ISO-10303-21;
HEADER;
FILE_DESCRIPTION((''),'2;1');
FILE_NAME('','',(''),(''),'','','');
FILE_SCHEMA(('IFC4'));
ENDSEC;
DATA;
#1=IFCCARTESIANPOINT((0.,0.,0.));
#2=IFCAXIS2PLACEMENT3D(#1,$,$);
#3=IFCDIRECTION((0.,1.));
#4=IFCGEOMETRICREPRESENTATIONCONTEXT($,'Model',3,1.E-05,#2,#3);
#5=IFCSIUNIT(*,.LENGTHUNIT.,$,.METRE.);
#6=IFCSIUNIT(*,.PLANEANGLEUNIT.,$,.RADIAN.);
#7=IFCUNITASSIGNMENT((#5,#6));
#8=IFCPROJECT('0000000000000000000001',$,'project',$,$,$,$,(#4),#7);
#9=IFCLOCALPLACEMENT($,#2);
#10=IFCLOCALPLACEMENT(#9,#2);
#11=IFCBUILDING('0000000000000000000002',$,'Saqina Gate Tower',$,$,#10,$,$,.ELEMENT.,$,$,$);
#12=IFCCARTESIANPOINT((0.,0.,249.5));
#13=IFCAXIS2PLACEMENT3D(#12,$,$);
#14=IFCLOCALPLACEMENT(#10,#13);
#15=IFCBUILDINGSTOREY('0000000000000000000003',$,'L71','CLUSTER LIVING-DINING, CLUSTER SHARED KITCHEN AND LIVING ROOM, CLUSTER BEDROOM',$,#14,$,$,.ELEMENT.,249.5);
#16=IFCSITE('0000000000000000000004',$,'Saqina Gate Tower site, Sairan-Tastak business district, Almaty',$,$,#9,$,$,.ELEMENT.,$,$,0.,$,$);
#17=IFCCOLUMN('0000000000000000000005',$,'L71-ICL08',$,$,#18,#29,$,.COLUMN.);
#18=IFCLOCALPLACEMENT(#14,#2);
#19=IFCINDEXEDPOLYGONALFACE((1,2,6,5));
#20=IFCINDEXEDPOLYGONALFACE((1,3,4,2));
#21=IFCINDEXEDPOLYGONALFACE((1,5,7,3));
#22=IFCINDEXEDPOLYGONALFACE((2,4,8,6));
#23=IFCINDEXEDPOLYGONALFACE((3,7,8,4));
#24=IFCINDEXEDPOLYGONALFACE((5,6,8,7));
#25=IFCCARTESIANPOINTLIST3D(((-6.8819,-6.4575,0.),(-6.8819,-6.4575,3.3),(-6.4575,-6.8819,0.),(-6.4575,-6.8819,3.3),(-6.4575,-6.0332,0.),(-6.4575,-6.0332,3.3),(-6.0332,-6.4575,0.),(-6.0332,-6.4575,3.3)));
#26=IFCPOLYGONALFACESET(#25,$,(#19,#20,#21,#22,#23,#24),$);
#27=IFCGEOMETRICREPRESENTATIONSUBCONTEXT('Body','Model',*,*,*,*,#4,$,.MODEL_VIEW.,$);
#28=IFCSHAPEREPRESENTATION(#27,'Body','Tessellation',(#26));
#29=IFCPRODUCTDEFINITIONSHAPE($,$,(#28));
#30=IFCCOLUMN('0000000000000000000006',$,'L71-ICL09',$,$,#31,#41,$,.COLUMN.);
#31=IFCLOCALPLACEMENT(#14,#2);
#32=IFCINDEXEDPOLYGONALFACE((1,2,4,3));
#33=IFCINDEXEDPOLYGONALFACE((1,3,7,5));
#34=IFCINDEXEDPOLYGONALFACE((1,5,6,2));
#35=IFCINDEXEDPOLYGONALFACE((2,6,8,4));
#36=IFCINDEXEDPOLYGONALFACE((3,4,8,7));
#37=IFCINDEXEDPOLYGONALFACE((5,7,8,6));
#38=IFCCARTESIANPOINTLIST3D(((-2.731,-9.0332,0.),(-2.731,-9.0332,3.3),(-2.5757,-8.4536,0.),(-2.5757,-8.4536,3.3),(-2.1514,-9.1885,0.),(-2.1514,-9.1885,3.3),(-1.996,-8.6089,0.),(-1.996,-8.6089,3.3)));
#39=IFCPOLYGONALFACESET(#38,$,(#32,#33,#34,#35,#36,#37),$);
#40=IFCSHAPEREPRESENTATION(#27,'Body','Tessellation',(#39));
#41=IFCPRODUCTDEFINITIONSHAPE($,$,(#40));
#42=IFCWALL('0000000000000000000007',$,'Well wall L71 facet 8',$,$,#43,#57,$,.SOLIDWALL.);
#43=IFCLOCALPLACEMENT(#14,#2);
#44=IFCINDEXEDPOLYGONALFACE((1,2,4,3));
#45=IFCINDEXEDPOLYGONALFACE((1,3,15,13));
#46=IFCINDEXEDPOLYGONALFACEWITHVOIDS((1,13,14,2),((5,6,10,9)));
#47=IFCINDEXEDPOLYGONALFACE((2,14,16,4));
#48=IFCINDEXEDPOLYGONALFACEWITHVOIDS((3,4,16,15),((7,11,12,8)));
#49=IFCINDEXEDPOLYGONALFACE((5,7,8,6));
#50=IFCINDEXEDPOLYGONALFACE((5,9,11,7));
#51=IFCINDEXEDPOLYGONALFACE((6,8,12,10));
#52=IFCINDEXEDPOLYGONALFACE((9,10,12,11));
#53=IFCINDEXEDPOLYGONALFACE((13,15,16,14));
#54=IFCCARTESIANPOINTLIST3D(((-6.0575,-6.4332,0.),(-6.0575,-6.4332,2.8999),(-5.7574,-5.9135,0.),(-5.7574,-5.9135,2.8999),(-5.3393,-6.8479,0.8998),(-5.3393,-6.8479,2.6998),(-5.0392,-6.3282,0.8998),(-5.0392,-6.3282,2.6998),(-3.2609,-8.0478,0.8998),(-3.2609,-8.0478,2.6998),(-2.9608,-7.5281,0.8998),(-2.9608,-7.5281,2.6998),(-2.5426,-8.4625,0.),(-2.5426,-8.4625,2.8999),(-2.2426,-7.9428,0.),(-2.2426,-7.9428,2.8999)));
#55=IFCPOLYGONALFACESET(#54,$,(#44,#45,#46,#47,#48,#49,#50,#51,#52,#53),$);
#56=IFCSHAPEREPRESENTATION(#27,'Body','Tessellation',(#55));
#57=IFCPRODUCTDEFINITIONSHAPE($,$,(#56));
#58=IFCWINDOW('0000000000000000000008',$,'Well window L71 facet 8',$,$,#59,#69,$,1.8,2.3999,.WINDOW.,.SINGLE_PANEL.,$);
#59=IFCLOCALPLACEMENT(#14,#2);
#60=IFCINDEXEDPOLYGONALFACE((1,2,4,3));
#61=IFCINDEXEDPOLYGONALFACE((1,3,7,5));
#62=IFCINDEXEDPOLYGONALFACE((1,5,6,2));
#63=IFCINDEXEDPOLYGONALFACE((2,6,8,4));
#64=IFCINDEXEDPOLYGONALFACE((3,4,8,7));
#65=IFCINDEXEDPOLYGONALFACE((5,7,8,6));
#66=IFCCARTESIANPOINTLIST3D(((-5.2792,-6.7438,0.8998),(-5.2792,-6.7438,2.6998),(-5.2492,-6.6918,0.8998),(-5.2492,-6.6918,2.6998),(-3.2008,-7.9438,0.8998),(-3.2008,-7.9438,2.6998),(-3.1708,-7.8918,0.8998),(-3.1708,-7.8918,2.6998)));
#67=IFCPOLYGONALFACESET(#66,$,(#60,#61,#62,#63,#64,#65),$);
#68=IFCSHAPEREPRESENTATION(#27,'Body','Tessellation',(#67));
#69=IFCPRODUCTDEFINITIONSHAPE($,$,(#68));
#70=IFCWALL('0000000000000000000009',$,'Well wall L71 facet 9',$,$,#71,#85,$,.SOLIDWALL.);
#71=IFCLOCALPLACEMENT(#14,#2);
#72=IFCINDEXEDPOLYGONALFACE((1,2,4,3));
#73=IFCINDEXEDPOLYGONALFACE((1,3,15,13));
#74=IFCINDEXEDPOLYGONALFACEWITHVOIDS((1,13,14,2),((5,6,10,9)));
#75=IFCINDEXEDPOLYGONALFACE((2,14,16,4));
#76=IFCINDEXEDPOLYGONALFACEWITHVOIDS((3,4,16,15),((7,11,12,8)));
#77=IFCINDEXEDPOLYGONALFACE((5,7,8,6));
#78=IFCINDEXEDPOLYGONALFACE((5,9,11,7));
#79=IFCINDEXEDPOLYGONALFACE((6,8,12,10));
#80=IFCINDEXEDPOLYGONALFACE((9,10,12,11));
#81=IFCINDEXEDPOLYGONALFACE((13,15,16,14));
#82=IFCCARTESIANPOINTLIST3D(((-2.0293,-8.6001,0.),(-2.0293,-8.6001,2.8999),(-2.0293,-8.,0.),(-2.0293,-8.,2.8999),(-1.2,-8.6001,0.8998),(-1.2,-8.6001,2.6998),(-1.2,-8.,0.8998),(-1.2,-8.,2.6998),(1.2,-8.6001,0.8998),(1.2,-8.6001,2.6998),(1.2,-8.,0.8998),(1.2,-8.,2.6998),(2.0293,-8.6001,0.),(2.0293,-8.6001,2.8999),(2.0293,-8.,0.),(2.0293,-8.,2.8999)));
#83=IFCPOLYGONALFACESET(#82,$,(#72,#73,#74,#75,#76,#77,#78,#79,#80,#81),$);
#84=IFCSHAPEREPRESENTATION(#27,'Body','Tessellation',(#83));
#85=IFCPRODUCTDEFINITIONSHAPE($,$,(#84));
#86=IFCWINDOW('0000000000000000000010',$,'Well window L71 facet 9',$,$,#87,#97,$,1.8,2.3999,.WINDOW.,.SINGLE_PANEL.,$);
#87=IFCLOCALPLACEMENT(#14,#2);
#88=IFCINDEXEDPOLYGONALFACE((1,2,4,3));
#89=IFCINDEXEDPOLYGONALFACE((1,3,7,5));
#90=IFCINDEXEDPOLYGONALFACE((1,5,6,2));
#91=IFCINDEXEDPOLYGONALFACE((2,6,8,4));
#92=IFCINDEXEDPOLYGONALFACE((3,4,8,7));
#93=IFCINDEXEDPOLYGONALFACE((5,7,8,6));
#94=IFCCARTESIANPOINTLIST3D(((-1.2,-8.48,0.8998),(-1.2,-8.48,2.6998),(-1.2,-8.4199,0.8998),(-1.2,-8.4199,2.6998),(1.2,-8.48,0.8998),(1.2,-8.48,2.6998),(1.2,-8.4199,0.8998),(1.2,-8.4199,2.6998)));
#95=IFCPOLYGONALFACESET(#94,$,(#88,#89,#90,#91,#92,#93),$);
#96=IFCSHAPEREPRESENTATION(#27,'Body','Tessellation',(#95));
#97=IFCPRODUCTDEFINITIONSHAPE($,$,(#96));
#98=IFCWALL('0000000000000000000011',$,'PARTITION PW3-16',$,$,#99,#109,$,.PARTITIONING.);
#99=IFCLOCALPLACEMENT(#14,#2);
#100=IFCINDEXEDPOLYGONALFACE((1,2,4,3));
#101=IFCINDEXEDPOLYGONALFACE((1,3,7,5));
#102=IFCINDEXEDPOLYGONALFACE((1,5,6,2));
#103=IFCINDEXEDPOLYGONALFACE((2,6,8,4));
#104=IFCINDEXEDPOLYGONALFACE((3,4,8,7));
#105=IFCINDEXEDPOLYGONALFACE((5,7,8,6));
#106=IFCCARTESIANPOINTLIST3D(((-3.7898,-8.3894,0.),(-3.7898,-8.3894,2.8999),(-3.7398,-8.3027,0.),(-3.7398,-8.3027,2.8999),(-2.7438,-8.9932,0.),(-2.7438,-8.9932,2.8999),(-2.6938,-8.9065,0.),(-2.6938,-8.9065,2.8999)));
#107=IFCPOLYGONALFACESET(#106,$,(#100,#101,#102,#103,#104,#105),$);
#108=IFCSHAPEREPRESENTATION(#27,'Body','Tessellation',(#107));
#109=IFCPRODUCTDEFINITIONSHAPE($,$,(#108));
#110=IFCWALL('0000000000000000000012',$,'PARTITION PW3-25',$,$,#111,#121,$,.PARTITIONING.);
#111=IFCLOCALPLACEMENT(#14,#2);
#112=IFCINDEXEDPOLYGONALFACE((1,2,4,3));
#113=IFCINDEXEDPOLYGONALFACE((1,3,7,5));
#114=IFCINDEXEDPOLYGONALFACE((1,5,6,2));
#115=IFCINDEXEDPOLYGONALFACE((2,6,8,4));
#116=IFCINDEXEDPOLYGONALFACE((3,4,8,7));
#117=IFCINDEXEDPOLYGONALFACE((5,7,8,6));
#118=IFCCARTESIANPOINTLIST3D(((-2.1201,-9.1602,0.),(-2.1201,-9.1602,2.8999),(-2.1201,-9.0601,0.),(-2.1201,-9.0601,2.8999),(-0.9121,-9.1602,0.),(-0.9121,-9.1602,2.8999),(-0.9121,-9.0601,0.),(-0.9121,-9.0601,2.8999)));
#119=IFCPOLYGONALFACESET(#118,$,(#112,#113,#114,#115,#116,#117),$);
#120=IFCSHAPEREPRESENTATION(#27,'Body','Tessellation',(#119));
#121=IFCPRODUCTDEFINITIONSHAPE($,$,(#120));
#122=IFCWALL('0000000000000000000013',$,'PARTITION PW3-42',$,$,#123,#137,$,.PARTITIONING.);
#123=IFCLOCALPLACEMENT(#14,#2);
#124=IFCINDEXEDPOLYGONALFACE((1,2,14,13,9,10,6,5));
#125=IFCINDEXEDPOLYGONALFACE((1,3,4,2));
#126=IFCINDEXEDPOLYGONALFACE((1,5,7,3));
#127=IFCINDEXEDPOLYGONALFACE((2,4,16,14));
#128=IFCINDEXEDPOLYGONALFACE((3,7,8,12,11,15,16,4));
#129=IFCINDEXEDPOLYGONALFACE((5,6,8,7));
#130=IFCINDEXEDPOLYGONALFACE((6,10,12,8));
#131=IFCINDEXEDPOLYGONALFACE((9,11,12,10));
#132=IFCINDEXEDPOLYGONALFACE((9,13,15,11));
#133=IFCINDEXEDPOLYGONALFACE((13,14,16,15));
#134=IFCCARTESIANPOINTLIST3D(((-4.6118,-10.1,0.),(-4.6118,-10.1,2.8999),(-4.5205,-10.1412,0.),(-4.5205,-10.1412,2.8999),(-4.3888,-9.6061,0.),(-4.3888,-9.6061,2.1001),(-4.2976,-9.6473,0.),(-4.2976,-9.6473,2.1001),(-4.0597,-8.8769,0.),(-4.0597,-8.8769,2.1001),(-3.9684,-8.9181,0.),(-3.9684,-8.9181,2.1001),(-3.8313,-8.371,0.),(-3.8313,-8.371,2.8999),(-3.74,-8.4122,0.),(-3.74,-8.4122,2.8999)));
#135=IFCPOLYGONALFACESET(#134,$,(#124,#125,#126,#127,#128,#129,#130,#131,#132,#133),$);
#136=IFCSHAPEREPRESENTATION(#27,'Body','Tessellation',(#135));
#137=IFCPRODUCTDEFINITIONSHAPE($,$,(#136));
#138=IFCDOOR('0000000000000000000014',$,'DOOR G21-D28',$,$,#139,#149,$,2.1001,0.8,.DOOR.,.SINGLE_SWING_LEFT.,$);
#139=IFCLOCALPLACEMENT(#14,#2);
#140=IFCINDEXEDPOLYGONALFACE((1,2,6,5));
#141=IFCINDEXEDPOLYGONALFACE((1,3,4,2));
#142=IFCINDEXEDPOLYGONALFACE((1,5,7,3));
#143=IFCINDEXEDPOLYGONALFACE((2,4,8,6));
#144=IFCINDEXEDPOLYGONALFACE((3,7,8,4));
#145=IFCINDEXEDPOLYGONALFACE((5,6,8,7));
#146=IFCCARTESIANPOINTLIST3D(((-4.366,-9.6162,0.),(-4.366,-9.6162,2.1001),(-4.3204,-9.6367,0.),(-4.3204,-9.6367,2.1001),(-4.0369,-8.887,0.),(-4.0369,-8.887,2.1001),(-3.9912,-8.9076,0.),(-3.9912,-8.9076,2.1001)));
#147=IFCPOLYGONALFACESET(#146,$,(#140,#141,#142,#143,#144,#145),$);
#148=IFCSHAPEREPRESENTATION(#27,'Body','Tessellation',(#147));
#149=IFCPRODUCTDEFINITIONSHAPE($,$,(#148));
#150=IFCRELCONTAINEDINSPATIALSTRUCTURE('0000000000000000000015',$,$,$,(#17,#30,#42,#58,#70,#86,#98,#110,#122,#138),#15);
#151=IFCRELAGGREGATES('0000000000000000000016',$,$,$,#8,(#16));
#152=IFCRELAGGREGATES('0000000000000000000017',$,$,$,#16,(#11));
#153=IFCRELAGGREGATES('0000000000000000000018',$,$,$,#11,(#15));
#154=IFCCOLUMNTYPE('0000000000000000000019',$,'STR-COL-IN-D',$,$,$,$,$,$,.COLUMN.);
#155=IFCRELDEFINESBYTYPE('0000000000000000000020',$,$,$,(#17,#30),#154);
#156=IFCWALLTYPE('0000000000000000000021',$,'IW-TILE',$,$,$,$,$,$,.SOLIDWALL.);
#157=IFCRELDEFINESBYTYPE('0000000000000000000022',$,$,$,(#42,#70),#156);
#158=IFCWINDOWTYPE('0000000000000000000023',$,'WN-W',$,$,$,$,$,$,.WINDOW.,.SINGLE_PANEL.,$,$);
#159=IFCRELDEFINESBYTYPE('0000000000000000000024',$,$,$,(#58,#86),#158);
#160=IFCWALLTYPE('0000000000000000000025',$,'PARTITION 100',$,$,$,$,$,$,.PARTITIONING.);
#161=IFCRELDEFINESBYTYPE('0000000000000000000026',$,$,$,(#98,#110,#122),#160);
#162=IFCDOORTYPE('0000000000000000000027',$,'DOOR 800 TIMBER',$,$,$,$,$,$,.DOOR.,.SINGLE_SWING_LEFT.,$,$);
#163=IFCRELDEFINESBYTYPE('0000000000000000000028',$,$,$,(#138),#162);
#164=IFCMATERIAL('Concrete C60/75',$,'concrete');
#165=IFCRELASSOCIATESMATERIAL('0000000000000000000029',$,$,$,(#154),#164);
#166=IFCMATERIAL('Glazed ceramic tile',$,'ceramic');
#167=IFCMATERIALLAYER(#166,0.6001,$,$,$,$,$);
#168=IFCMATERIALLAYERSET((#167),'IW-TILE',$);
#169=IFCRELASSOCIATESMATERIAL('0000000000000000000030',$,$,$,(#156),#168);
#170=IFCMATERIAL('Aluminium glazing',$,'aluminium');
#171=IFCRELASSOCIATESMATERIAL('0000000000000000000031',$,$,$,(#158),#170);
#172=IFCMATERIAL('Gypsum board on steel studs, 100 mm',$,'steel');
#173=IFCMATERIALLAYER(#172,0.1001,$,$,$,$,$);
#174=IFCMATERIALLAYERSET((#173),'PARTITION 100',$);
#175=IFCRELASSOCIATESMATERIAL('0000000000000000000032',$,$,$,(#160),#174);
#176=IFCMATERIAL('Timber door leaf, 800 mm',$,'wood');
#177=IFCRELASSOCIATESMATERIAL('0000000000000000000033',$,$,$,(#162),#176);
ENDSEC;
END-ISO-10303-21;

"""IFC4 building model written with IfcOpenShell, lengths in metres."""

from ifc_helpers import new_model, si_unit, direction, frame, frame_2d, origin, origin_2d, place, context, subcontext, project, spatial, rectangle, extrude, material, layer, layer_set, material_profile, profile_set, type_object, element, fill, save


model = new_model("IFC4")

# Units and contexts
model_context = context("Model", 3, precision=1e-05, world=origin(), true_north=direction((0.0, 1.0)))
body_context = subcontext(model_context, "Body", "Model", "MODEL_VIEW")
ifc_project = project(units=[si_unit("LENGTHUNIT", "METRE"), si_unit("PLANEANGLEUNIT", "RADIAN")], contexts=[model_context])

# Site, building, storey
site_placement = place(None, origin())
site = spatial("IfcSite", under=ifc_project, at=site_placement, Name="Saqina Gate Tower site, Sairan-Tastak business district, Almaty", CompositionType="ELEMENT", RefElevation=0.0)
building_placement = place(site_placement, origin())
building = spatial("IfcBuilding", under=site, at=building_placement, Name="Saqina Gate Tower", CompositionType="ELEMENT")
storey_placement = place(building_placement, frame((0.0, 0.0, 249.5)))
storey = spatial("IfcBuildingStorey", under=building, at=storey_placement, Name="L71", Description="CLUSTER LIVING-DINING, CLUSTER SHARED KITCHEN AND LIVING ROOM, CLUSTER BEDROOM", CompositionType="ELEMENT", Elevation=249.5)

# Columns
ifc_material_1 = material(Name="Concrete C60/75", Category="concrete")
ifc_material_profile = material_profile(ifc_material_1, rectangle(XDim=0.6001, YDim=0.6001, at=origin_2d()), Name="RC 600x600")
ifc_profile_set = profile_set([ifc_material_profile], Name="Concrete C60/75")
column_type = type_object("IfcColumnType", Name="STR-COL-IN-D", PredefinedType="COLUMN", material=ifc_profile_set)
for number, where, z_axis, x_axis, name in (
    (1, (-6.4575, -6.4575, 0.0), (0.0, 0.0, 1.0), (-0.707107, -0.707107, 0.0), "L71-ICL08"),
    (2, (-2.3635, -8.821, 0.0), (0.0, 0.0, 1.0), (-0.258819, -0.965926, 0.0), "L71-ICL09"),
):
    element("IfcColumn", number, at=place(storey_placement, frame(where, z_axis=z_axis, x_axis=x_axis)), inside=storey, type_object=column_type, Name=name, PredefinedType="COLUMN", context=body_context, shape_type="SweptSolid", body=[
        extrude(rectangle(XDim=0.6001, YDim=0.6001, at=origin_2d()), origin(), (0.0, 0.0, 1.0), 3.3),
    ])

# Walls, openings, windows
ifc_material_2 = material(Name="Glazed ceramic tile", Category="ceramic")
ifc_layer_1 = layer(ifc_material_2, 0.6001)
ifc_layer_set_1 = layer_set([ifc_layer_1], Name="IW-TILE")
wall_type_1 = type_object("IfcWallType", Name="IW-TILE", PredefinedType="SOLIDWALL", material=ifc_layer_set_1)
wall_1_placement = place(storey_placement, frame((-5.9075, -6.1733, 0.0), z_axis=(0.0, 0.0, 1.0), x_axis=(0.866028, -0.499995, 0.0)))
wall_1 = element("IfcWall", 3, at=wall_1_placement, inside=storey, type_object=wall_type_1, Name="Well wall L71 facet 8", PredefinedType="SOLIDWALL", context=body_context, shape_type="SweptSolid", body=[
    extrude(rectangle(XDim=4.0586, YDim=0.6001, at=frame_2d((2.0293, 0.0))), origin(), (0.0, 0.0, 1.0), 2.8999),
])
opening_1_placement = place(wall_1_placement, frame((0.8293, 0.0, 0.8999)))
opening_1 = element("IfcOpeningElement", 4, at=opening_1_placement, cuts=wall_1, PredefinedType="OPENING", context=body_context, shape_type="SweptSolid", body=[
    extrude(rectangle(XDim=2.3999, YDim=1.8, at=frame_2d((1.2, 0.8999))), frame((0.0, 0.312, 0.0), z_axis=(0.0, -1.0, 0.0), x_axis=(1.0, 0.0, 0.0)), (0.0, 0.0, 1.0), 0.624),
])
ifc_material_3 = material(Name="Aluminium glazing", Category="aluminium")
window_type = type_object("IfcWindowType", Name="WN-W", PartitioningType="SINGLE_PANEL", PredefinedType="WINDOW", material=ifc_material_3)
window_1_placement = place(opening_1_placement, origin())
window_1 = element("IfcWindow", 5, at=window_1_placement, inside=storey, type_object=window_type, Name="Well window L71 facet 8", OverallHeight=1.8, OverallWidth=2.3999, PartitioningType="SINGLE_PANEL", PredefinedType="WINDOW", context=body_context, shape_type="SweptSolid", body=[
    extrude(rectangle(XDim=2.3999, YDim=1.8, at=frame_2d((1.2, 0.8999))), frame((0.0, -0.1199, 0.0), z_axis=(0.0, -1.0, 0.0), x_axis=(1.0, 0.0, 0.0)), (0.0, 0.0, 1.0), 0.0601),
])
fill(opening_1, window_1)
wall_2_placement = place(storey_placement, frame((-2.0293, -8.3, 0.0), z_axis=(0.0, 0.0, 1.0), x_axis=(1.0, 0.0, 0.0)))
wall_2 = element("IfcWall", 6, at=wall_2_placement, inside=storey, type_object=wall_type_1, Name="Well wall L71 facet 9", PredefinedType="SOLIDWALL", context=body_context, shape_type="SweptSolid", body=[
    extrude(rectangle(XDim=4.0586, YDim=0.6001, at=frame_2d((2.0293, 0.0))), origin(), (0.0, 0.0, 1.0), 2.8999),
])
opening_2_placement = place(wall_2_placement, frame((0.8293, 0.0, 0.8999)))
opening_2 = element("IfcOpeningElement", 7, at=opening_2_placement, cuts=wall_2, PredefinedType="OPENING", context=body_context, shape_type="SweptSolid", body=[
    extrude(rectangle(XDim=2.3999, YDim=1.8, at=frame_2d((1.2, 0.8999))), frame((0.0, 0.312, 0.0), z_axis=(0.0, -1.0, 0.0), x_axis=(1.0, 0.0, 0.0)), (0.0, 0.0, 1.0), 0.624),
])
window_2_placement = place(opening_2_placement, origin())
window_2 = element("IfcWindow", 8, at=window_2_placement, inside=storey, type_object=window_type, Name="Well window L71 facet 9", OverallHeight=1.8, OverallWidth=2.3999, PartitioningType="SINGLE_PANEL", PredefinedType="WINDOW", context=body_context, shape_type="SweptSolid", body=[
    extrude(rectangle(XDim=2.3999, YDim=1.8, at=frame_2d((1.2, 0.8999))), frame((0.0, -0.1199, 0.0), z_axis=(0.0, -1.0, 0.0), x_axis=(1.0, 0.0, 0.0)), (0.0, 0.0, 1.0), 0.0601),
])
fill(opening_2, window_2)

# Walls
ifc_material_4 = material(Name="Gypsum board on steel studs, 100 mm", Category="steel")
ifc_layer_2 = layer(ifc_material_4, 0.1001)
ifc_layer_set_2 = layer_set([ifc_layer_2], Name="PARTITION 100")
wall_type_2 = type_object("IfcWallType", Name="PARTITION 100", PredefinedType="PARTITIONING", material=ifc_layer_set_2)
wall_3_placement = place(storey_placement, frame((-3.7649, -8.3459, 0.0), z_axis=(0.0, 0.0, 1.0), x_axis=(0.866058, -0.499944, 0.0)))
element("IfcWall", 9, at=wall_3_placement, inside=storey, type_object=wall_type_2, Name="PARTITION PW3-16", PredefinedType="PARTITIONING", context=body_context, shape_type="SweptSolid", body=[
    extrude(rectangle(XDim=1.2078, YDim=0.1001, at=frame_2d((0.604, 0.0))), origin(), (0.0, 0.0, 1.0), 2.8999),
])
wall_4_placement = place(storey_placement, frame((-2.1201, -9.1101, 0.0), z_axis=(0.0, 0.0, 1.0), x_axis=(1.0, 0.0, 0.0)))
element("IfcWall", 10, at=wall_4_placement, inside=storey, type_object=wall_type_2, Name="PARTITION PW3-25", PredefinedType="PARTITIONING", context=body_context, shape_type="SweptSolid", body=[
    extrude(rectangle(XDim=1.208, YDim=0.1001, at=frame_2d((0.604, 0.0))), origin(), (0.0, 0.0, 1.0), 2.8999),
])

# Wall, opening, door
wall_5_placement = place(storey_placement, frame((-4.5662, -10.1206, 0.0), z_axis=(0.0, 0.0, 1.0), x_axis=(0.411445, 0.911434, 0.0)))
wall_5 = element("IfcWall", 11, at=wall_5_placement, inside=storey, type_object=wall_type_2, Name="PARTITION PW3-42", PredefinedType="PARTITIONING", context=body_context, shape_type="SweptSolid", body=[
    extrude(rectangle(XDim=1.897, YDim=0.1001, at=frame_2d((0.9485, 0.0))), origin(), (0.0, 0.0, 1.0), 2.8999),
])
opening_3_placement = place(wall_5_placement, frame((0.542, 0.0, 0.0)))
opening_3 = element("IfcOpeningElement", 12, at=opening_3_placement, cuts=wall_5, PredefinedType="OPENING", context=body_context, shape_type="SweptSolid", body=[
    extrude(rectangle(XDim=0.8, YDim=2.1001, at=frame_2d((0.3999, 1.05))), frame((0.0, 0.062, 0.0), z_axis=(0.0, -1.0, 0.0), x_axis=(1.0, 0.0, 0.0)), (0.0, 0.0, 1.0), 0.124),
])
ifc_material_5 = material(Name="Timber door leaf, 800 mm", Category="wood")
door_type_1 = type_object("IfcDoorType", Name="DOOR 800 TIMBER", OperationType="SINGLE_SWING_LEFT", PredefinedType="DOOR", material=ifc_material_5)
door_1_placement = place(opening_3_placement, frame((0.8, 0.0, 0.0), z_axis=(0.0, 0.0, 1.0), x_axis=(-1.0, 0.0, 0.0)))
door_1 = element("IfcDoor", 13, at=door_1_placement, inside=storey, type_object=door_type_1, Name="DOOR G21-D28", OperationType="SINGLE_SWING_LEFT", OverallHeight=2.1001, OverallWidth=0.8, PredefinedType="DOOR", context=body_context, shape_type="SweptSolid", body=[
    extrude(rectangle(XDim=0.8, YDim=2.1001, at=frame_2d((0.3999, 1.05))), frame((0.0, 0.0249, 0.0), z_axis=(0.0, -1.0, 0.0), x_axis=(1.0, 0.0, 0.0)), (0.0, 0.0, 1.0), 0.05),
])
fill(opening_3, door_1)

save(model, "model.ifc")
